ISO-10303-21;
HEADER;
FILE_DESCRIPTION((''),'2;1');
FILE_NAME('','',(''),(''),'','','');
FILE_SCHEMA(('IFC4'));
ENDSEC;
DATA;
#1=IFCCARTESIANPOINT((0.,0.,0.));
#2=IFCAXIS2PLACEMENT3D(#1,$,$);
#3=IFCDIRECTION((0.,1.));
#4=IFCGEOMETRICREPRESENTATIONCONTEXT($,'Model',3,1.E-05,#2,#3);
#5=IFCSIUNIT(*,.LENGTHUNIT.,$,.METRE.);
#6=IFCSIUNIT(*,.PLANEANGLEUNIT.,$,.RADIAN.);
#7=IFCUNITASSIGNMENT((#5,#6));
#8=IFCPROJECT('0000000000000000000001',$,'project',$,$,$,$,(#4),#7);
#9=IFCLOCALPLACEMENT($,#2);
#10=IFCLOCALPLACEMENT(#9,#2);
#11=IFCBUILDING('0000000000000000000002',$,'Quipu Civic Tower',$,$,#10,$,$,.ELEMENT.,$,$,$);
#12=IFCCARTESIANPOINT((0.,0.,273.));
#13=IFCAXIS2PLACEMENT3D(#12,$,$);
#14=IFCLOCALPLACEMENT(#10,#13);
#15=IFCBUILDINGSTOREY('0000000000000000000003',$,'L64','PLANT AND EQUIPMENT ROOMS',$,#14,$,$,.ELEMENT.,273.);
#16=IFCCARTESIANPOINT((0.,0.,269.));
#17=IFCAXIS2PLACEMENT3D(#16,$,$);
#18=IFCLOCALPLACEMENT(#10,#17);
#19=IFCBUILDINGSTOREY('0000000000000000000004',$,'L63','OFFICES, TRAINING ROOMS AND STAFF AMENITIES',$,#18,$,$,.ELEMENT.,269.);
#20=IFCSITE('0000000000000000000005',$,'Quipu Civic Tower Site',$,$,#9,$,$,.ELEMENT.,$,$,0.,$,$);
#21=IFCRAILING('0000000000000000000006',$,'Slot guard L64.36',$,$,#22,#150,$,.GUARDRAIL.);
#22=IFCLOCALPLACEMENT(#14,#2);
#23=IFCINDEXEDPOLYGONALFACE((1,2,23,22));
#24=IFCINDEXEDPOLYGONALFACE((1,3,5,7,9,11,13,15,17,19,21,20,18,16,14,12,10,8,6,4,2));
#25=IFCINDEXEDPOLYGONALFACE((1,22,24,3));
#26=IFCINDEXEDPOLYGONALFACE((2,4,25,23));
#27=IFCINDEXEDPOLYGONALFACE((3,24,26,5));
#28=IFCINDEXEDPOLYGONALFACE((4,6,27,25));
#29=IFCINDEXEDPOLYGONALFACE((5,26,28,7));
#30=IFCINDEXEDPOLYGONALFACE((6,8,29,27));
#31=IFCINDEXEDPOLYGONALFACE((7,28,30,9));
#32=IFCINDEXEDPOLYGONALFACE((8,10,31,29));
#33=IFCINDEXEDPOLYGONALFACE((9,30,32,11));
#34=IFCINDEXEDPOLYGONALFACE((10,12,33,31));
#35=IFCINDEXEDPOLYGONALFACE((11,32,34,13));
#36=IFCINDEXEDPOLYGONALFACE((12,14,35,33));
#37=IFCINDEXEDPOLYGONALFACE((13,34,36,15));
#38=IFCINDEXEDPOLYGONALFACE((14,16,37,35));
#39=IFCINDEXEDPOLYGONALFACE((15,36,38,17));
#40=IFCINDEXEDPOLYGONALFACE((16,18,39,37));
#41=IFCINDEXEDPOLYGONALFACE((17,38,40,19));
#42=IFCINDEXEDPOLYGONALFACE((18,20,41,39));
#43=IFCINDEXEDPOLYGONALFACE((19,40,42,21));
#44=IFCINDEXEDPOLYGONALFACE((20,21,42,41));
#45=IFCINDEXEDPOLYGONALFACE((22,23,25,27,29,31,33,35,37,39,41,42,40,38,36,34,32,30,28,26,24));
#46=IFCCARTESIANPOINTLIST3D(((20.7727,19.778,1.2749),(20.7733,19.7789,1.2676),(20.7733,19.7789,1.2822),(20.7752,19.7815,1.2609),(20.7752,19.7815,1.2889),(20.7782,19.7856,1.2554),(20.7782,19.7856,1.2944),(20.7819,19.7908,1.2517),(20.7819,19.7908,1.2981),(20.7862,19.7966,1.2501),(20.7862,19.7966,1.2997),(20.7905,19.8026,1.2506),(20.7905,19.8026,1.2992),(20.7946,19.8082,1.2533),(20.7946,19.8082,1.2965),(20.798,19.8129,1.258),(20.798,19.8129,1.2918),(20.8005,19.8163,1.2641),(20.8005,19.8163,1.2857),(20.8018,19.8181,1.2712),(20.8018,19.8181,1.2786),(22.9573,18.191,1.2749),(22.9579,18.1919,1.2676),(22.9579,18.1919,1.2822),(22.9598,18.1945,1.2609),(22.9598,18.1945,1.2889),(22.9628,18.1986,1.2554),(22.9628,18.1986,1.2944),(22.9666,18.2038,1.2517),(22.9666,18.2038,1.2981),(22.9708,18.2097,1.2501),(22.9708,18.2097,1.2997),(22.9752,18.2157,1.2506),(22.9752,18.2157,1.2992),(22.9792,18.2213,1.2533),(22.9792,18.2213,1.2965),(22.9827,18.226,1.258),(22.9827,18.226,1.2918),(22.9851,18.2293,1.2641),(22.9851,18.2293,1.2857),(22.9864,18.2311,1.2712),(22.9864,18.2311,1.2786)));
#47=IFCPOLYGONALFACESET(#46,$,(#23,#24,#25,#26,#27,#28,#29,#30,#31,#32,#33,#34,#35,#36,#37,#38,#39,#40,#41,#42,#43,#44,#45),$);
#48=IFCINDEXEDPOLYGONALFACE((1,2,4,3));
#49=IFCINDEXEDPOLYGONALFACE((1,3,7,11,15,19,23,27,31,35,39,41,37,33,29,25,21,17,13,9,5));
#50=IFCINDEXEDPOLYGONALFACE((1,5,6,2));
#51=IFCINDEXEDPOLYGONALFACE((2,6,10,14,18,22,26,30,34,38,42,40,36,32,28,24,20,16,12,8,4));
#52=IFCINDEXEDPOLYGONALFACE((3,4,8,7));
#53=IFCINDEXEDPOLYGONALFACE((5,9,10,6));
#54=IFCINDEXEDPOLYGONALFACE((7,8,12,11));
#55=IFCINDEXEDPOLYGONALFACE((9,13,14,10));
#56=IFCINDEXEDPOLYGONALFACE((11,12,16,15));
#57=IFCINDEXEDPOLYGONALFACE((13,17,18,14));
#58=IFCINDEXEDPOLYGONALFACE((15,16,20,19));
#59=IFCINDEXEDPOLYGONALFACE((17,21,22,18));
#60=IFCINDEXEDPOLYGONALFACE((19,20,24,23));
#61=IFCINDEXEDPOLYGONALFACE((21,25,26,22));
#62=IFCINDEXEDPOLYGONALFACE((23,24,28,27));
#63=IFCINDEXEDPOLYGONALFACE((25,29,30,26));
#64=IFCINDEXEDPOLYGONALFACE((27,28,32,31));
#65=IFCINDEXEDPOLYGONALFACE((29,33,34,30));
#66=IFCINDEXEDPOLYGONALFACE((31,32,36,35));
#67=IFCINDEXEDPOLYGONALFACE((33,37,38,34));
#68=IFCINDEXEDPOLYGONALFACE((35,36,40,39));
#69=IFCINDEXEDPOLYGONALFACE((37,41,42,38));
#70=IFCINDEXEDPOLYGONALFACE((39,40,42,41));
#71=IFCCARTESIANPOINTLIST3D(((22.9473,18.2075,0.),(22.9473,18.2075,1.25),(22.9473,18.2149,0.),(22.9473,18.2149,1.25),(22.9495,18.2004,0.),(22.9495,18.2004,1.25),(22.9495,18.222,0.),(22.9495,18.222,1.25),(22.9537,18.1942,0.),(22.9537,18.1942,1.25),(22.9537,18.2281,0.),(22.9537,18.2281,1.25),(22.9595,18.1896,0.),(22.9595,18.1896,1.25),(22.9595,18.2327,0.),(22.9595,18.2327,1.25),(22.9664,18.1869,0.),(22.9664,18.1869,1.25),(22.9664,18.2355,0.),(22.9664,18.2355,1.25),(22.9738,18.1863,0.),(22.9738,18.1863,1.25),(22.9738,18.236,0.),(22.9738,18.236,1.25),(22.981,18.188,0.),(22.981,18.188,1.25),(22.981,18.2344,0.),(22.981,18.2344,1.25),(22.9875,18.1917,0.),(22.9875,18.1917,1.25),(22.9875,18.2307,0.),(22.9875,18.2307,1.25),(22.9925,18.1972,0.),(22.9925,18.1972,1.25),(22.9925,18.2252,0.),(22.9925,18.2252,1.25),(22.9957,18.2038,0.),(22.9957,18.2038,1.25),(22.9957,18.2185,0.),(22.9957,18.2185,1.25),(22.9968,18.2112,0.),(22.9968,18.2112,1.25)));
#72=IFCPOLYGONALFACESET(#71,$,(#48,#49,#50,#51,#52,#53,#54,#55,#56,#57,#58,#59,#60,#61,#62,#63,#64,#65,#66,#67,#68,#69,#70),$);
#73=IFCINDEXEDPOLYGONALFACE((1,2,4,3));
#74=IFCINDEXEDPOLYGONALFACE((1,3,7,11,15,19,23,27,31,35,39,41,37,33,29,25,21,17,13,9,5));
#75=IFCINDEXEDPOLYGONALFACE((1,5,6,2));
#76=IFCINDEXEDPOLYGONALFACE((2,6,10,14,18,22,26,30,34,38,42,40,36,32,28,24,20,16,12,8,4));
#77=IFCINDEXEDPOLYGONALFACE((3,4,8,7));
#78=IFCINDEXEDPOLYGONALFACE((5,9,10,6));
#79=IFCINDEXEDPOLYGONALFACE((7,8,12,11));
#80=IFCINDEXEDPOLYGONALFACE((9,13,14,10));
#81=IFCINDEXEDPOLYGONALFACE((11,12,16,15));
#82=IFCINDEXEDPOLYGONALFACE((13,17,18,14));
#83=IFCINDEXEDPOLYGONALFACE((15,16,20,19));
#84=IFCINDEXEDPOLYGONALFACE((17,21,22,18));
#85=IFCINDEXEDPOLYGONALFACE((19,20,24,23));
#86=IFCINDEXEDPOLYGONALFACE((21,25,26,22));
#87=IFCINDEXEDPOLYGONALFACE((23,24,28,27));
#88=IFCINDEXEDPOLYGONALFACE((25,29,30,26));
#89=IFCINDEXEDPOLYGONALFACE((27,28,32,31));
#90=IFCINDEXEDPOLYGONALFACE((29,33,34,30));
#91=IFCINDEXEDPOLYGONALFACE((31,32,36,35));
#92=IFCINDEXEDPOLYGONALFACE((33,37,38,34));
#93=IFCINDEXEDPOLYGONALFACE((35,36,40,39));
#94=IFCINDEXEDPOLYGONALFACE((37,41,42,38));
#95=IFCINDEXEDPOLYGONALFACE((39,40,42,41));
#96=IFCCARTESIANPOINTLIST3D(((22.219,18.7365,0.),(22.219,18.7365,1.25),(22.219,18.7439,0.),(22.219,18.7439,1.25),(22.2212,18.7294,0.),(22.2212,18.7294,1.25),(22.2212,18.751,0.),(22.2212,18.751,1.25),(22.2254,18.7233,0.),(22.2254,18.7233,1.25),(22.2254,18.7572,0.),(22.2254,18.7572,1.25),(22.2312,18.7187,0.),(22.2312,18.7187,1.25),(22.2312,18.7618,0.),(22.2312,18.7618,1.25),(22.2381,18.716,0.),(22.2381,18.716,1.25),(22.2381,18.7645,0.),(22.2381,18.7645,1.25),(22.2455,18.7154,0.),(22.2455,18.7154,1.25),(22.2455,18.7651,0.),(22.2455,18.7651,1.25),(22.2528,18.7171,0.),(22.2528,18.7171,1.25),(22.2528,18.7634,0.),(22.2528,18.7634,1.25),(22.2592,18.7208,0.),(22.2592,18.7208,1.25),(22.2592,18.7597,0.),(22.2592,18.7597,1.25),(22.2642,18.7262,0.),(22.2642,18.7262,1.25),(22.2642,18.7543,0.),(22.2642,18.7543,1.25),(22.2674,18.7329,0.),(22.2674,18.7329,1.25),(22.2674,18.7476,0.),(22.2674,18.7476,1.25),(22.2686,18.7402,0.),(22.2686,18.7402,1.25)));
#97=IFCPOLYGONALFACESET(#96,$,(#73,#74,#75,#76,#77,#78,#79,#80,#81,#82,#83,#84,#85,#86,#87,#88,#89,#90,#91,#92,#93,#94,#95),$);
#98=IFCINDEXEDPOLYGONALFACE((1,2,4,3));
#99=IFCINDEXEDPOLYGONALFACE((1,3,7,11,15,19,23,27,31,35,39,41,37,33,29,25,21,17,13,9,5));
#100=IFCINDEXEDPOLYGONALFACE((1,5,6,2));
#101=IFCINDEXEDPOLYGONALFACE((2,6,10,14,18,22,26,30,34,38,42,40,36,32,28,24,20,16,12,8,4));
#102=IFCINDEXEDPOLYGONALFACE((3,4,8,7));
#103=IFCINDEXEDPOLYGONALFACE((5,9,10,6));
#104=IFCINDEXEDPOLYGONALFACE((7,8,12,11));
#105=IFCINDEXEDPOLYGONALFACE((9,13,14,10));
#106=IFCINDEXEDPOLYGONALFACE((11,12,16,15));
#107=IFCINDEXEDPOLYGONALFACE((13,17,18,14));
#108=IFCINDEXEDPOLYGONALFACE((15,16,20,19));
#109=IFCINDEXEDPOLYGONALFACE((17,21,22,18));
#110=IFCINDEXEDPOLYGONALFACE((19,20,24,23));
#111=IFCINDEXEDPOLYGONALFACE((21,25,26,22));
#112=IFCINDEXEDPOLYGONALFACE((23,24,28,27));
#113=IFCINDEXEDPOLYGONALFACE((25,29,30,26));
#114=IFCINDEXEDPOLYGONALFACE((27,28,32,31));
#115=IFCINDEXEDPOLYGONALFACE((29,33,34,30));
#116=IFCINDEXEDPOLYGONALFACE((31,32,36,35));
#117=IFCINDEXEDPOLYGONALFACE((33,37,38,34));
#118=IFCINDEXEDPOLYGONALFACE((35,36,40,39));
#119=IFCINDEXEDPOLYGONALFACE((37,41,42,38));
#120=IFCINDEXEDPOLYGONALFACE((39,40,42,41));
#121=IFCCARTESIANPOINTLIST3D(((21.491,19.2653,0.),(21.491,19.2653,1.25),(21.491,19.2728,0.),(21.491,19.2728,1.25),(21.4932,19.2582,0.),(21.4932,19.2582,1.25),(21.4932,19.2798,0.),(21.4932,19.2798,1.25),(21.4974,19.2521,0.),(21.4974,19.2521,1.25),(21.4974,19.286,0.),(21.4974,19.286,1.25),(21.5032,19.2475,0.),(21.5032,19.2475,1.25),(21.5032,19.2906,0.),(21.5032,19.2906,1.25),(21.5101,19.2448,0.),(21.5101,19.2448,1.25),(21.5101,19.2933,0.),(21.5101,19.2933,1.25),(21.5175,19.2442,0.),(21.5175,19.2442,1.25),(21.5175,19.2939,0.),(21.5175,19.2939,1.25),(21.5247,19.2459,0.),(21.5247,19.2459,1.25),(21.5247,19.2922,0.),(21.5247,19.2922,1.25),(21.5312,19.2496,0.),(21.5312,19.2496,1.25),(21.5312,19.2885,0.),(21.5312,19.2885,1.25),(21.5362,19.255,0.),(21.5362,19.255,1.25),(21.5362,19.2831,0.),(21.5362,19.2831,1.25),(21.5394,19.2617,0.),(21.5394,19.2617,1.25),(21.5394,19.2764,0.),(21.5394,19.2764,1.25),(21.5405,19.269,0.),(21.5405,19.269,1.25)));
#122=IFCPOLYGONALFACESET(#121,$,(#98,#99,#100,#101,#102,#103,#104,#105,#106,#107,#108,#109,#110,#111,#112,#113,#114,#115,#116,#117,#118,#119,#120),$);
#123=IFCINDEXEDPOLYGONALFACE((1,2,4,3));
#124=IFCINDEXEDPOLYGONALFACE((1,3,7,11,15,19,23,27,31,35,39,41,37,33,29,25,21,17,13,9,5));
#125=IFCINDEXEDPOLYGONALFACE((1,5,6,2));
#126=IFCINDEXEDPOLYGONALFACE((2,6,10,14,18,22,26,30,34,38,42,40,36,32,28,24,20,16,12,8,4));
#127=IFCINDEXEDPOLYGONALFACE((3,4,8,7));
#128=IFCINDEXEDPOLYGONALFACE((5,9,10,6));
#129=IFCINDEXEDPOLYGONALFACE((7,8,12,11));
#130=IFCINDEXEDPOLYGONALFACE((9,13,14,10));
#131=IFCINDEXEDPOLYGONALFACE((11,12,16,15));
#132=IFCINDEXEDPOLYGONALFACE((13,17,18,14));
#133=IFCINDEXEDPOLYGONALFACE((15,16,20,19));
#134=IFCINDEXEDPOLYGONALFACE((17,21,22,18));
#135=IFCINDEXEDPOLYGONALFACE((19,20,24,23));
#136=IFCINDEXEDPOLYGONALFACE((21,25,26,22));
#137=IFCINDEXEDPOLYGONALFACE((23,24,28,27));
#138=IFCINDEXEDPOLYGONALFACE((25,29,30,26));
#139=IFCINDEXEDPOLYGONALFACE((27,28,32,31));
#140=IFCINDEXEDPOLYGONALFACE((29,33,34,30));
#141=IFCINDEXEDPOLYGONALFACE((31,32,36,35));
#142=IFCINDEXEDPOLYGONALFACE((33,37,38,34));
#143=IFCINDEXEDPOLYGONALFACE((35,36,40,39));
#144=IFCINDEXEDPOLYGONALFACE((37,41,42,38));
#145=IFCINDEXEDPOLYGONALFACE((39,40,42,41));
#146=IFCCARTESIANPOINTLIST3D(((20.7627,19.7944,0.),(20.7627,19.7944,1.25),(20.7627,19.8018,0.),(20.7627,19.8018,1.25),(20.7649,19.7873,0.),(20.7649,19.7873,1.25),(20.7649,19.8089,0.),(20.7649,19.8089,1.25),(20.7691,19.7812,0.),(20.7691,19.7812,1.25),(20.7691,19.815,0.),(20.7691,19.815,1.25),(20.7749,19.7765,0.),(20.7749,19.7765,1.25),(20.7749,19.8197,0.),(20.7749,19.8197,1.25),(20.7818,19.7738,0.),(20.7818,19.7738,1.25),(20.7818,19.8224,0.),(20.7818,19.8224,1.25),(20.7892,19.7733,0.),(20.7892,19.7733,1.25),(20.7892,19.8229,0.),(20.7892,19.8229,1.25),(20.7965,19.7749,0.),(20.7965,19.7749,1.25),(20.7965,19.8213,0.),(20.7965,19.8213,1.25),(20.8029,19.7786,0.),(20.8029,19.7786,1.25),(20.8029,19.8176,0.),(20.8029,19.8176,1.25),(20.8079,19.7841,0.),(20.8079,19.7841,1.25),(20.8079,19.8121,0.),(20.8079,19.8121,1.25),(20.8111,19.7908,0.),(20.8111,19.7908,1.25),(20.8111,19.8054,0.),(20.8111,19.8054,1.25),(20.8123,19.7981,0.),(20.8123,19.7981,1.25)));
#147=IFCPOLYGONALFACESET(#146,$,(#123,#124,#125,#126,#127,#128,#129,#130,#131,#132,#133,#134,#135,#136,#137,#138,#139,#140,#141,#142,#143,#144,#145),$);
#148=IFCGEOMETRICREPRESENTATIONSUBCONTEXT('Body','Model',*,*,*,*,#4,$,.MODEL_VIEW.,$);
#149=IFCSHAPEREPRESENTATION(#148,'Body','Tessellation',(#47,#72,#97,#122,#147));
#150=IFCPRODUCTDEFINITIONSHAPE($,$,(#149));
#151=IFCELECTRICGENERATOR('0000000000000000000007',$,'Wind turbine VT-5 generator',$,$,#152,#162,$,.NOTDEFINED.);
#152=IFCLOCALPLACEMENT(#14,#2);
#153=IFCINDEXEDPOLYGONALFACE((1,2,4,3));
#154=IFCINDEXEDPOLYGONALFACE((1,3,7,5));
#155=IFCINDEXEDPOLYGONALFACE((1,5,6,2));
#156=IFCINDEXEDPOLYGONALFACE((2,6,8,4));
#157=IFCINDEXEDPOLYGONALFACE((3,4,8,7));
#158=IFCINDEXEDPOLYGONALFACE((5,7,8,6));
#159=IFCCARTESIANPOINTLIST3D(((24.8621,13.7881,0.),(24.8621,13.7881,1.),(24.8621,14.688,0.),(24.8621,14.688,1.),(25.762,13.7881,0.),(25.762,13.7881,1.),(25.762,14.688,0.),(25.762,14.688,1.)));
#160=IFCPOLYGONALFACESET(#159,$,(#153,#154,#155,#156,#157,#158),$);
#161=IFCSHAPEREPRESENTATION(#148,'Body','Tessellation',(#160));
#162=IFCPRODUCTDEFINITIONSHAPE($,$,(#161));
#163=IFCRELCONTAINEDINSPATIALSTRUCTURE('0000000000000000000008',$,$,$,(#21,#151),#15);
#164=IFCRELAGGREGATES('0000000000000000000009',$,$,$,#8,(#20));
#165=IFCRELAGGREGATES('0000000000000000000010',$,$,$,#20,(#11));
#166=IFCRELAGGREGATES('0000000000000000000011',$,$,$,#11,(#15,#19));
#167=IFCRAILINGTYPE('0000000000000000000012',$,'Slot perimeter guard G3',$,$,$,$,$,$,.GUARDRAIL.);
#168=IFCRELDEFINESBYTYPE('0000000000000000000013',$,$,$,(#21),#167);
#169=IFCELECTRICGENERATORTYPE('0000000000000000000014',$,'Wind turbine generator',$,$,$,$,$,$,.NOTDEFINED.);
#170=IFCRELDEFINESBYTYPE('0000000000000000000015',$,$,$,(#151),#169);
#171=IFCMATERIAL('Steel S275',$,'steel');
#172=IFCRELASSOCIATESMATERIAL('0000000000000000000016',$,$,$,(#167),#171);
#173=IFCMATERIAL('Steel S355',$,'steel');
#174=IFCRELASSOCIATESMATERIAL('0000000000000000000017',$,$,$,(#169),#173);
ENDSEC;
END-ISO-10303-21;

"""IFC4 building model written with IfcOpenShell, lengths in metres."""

from ifc_helpers import new_model, si_unit, direction, frame, origin, origin_2d, place, context, subcontext, project, spatial, rectangle, circle, extrude, material, type_object, element, save


model = new_model("IFC4")

# Units and contexts
model_context = context("Model", 3, precision=1e-05, world=origin(), true_north=direction((0.0, 1.0)))
body_context = subcontext(model_context, "Body", "Model", "MODEL_VIEW")
ifc_project = project(units=[si_unit("LENGTHUNIT", "METRE"), si_unit("PLANEANGLEUNIT", "RADIAN")], contexts=[model_context])

# Site, building, storey
site_placement = place(None, origin())
site = spatial("IfcSite", under=ifc_project, at=site_placement, Name="Quipu Civic Tower Site", CompositionType="ELEMENT", RefElevation=0.0)
building_placement = place(site_placement, origin())
building = spatial("IfcBuilding", under=site, at=building_placement, Name="Quipu Civic Tower", CompositionType="ELEMENT")
storey_1_placement = place(building_placement, frame((0.0, 0.0, 273.0)))
storey_1 = spatial("IfcBuildingStorey", under=building, at=storey_1_placement, Name="L64", Description="PLANT AND EQUIPMENT ROOMS", CompositionType="ELEMENT", Elevation=273.0)

# Shared definitions
storey_2_placement = place(building_placement, frame((0.0, 0.0, 269.0)))
storey_2 = spatial("IfcBuildingStorey", under=building, at=storey_2_placement, Name="L63", Description="OFFICES, TRAINING ROOMS AND STAFF AMENITIES", CompositionType="ELEMENT", Elevation=269.0)

# Railing
ifc_material_1 = material(Name="Steel S275", Category="steel")
railing_type = type_object("IfcRailingType", Name="Slot perimeter guard G3", PredefinedType="GUARDRAIL", material=ifc_material_1)
railing_1_placement = place(storey_1_placement, frame((22.9719, 18.2112, 0.0)))
element("IfcRailing", 1, at=railing_1_placement, inside=storey_1, type_object=railing_type, Name="Slot guard L64.36", PredefinedType="GUARDRAIL", context=body_context, shape_type="SweptSolid", body=[
    extrude(circle(Radius=0.0249, at=origin_2d()), frame((0.0, 0.0, 1.2749), z_axis=(-0.809064, 0.58772, 0.0), x_axis=(-0.58772, -0.809064, 0.0)), (0.0, 0.0, 1.0), 2.7002),
    extrude(circle(Radius=0.0249, at=origin_2d()), origin(), (0.0, 0.0, 1.0), 1.25),
    extrude(circle(Radius=0.0249, at=origin_2d()), frame((-0.7283, 0.5291, 0.0)), (0.0, 0.0, 1.0), 1.25),
    extrude(circle(Radius=0.0249, at=origin_2d()), frame((-1.4563, 1.0579, 0.0)), (0.0, 0.0, 1.0), 1.25),
    extrude(circle(Radius=0.0249, at=origin_2d()), frame((-2.1846, 1.5869, 0.0)), (0.0, 0.0, 1.0), 1.25),
])

# Electric generator
ifc_material_2 = material(Name="Steel S355", Category="steel")
electric_generator_type = type_object("IfcElectricGeneratorType", Name="Wind turbine generator", PredefinedType="NOTDEFINED", material=ifc_material_2)
electric_generator_placement = place(storey_1_placement, frame((25.312, 14.238, 0.0), z_axis=(0.0, 0.0, 1.0), x_axis=(1.0, 0.0, 0.0)))
element("IfcElectricGenerator", 2, at=electric_generator_placement, inside=storey_1, type_object=electric_generator_type, Name="Wind turbine VT-5 generator", PredefinedType="NOTDEFINED", context=body_context, shape_type="SweptSolid", body=[
    extrude(rectangle(XDim=0.8999, YDim=0.8999, at=origin_2d()), origin(), (0.0, 0.0, 1.0), 1.0),
])

save(model, "model.ifc")
